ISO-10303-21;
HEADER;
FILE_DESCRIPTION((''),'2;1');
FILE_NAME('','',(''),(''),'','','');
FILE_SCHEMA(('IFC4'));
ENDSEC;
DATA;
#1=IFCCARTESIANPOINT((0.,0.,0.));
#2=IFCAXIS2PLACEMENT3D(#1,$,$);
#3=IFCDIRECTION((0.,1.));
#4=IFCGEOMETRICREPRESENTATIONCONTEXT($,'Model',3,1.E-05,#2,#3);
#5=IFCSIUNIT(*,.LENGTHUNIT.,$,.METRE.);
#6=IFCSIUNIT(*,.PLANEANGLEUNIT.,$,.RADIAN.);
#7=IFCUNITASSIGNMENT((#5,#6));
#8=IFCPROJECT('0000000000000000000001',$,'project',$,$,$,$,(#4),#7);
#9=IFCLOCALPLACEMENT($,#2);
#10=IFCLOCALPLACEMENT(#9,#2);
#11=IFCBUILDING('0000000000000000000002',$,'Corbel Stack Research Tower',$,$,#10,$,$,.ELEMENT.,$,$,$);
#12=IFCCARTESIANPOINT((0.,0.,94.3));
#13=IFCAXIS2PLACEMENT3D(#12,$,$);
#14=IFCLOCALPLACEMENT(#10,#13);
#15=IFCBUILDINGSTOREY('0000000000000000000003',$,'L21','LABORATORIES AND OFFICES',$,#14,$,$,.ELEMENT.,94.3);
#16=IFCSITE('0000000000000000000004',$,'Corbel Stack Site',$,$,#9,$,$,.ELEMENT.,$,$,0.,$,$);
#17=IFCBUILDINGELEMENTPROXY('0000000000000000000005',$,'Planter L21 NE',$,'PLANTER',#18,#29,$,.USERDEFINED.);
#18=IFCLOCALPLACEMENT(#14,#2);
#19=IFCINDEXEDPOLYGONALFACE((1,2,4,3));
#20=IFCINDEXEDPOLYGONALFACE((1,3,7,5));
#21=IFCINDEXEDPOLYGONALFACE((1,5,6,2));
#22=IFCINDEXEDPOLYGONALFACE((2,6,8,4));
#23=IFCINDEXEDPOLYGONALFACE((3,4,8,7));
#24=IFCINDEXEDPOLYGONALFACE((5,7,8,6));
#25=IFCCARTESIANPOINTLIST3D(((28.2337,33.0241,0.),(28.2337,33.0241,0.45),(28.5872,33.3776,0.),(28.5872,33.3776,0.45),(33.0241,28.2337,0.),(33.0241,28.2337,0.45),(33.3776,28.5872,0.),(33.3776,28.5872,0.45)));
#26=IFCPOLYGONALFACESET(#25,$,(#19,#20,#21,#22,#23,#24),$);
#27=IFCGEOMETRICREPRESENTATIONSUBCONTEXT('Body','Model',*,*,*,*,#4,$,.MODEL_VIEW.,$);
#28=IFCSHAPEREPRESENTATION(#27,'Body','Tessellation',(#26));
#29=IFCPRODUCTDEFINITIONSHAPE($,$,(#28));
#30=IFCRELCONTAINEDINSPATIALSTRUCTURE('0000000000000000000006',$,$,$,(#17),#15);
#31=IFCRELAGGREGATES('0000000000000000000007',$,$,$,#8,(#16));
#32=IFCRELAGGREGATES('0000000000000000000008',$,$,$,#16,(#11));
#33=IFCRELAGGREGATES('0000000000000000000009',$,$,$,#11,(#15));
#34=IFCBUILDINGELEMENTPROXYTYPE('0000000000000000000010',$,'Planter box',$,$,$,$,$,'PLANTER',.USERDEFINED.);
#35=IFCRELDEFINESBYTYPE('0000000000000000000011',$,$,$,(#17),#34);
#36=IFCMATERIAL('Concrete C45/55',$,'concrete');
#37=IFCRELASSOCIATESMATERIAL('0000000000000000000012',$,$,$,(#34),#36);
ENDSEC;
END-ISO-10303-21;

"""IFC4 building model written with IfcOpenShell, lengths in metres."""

from ifc_helpers import new_model, si_unit, direction, frame, origin, origin_2d, place, context, subcontext, project, spatial, rectangle, extrude, material, type_object, element, save


model = new_model("IFC4")

# Units and contexts
model_context = context("Model", 3, precision=1e-05, world=origin(), true_north=direction((0.0, 1.0)))
body_context = subcontext(model_context, "Body", "Model", "MODEL_VIEW")
ifc_project = project(units=[si_unit("LENGTHUNIT", "METRE"), si_unit("PLANEANGLEUNIT", "RADIAN")], contexts=[model_context])

# Site, building, storey
site_placement = place(None, origin())
site = spatial("IfcSite", under=ifc_project, at=site_placement, Name="Corbel Stack Site", CompositionType="ELEMENT", RefElevation=0.0)
building_placement = place(site_placement, origin())
building = spatial("IfcBuilding", under=site, at=building_placement, Name="Corbel Stack Research Tower", CompositionType="ELEMENT")
storey_placement = place(building_placement, frame((0.0, 0.0, 94.3)))
storey = spatial("IfcBuildingStorey", under=building, at=storey_placement, Name="L21", Description="LABORATORIES AND OFFICES", CompositionType="ELEMENT", Elevation=94.3)

# Building element proxy
ifc_material_1 = material(Name="Concrete C45/55", Category="concrete")
building_element_proxy_type = type_object("IfcBuildingElementProxyType", Name="Planter box", ElementType="PLANTER", PredefinedType="USERDEFINED", material=ifc_material_1)
proxy_placement = place(storey_placement, frame((30.8057, 30.8057, 0.0), z_axis=(0.0, 0.0, 1.0), x_axis=(-0.707107, 0.707107, 0.0)))
element("IfcBuildingElementProxy", 1, at=proxy_placement, inside=storey, type_object=building_element_proxy_type, Name="Planter L21 NE", ObjectType="PLANTER", PredefinedType="USERDEFINED", context=body_context, shape_type="SweptSolid", body=[
    extrude(rectangle(XDim=6.7747, YDim=0.5, at=origin_2d()), origin(), (0.0, 0.0, 1.0), 0.45),
])

save(model, "model.ifc")
